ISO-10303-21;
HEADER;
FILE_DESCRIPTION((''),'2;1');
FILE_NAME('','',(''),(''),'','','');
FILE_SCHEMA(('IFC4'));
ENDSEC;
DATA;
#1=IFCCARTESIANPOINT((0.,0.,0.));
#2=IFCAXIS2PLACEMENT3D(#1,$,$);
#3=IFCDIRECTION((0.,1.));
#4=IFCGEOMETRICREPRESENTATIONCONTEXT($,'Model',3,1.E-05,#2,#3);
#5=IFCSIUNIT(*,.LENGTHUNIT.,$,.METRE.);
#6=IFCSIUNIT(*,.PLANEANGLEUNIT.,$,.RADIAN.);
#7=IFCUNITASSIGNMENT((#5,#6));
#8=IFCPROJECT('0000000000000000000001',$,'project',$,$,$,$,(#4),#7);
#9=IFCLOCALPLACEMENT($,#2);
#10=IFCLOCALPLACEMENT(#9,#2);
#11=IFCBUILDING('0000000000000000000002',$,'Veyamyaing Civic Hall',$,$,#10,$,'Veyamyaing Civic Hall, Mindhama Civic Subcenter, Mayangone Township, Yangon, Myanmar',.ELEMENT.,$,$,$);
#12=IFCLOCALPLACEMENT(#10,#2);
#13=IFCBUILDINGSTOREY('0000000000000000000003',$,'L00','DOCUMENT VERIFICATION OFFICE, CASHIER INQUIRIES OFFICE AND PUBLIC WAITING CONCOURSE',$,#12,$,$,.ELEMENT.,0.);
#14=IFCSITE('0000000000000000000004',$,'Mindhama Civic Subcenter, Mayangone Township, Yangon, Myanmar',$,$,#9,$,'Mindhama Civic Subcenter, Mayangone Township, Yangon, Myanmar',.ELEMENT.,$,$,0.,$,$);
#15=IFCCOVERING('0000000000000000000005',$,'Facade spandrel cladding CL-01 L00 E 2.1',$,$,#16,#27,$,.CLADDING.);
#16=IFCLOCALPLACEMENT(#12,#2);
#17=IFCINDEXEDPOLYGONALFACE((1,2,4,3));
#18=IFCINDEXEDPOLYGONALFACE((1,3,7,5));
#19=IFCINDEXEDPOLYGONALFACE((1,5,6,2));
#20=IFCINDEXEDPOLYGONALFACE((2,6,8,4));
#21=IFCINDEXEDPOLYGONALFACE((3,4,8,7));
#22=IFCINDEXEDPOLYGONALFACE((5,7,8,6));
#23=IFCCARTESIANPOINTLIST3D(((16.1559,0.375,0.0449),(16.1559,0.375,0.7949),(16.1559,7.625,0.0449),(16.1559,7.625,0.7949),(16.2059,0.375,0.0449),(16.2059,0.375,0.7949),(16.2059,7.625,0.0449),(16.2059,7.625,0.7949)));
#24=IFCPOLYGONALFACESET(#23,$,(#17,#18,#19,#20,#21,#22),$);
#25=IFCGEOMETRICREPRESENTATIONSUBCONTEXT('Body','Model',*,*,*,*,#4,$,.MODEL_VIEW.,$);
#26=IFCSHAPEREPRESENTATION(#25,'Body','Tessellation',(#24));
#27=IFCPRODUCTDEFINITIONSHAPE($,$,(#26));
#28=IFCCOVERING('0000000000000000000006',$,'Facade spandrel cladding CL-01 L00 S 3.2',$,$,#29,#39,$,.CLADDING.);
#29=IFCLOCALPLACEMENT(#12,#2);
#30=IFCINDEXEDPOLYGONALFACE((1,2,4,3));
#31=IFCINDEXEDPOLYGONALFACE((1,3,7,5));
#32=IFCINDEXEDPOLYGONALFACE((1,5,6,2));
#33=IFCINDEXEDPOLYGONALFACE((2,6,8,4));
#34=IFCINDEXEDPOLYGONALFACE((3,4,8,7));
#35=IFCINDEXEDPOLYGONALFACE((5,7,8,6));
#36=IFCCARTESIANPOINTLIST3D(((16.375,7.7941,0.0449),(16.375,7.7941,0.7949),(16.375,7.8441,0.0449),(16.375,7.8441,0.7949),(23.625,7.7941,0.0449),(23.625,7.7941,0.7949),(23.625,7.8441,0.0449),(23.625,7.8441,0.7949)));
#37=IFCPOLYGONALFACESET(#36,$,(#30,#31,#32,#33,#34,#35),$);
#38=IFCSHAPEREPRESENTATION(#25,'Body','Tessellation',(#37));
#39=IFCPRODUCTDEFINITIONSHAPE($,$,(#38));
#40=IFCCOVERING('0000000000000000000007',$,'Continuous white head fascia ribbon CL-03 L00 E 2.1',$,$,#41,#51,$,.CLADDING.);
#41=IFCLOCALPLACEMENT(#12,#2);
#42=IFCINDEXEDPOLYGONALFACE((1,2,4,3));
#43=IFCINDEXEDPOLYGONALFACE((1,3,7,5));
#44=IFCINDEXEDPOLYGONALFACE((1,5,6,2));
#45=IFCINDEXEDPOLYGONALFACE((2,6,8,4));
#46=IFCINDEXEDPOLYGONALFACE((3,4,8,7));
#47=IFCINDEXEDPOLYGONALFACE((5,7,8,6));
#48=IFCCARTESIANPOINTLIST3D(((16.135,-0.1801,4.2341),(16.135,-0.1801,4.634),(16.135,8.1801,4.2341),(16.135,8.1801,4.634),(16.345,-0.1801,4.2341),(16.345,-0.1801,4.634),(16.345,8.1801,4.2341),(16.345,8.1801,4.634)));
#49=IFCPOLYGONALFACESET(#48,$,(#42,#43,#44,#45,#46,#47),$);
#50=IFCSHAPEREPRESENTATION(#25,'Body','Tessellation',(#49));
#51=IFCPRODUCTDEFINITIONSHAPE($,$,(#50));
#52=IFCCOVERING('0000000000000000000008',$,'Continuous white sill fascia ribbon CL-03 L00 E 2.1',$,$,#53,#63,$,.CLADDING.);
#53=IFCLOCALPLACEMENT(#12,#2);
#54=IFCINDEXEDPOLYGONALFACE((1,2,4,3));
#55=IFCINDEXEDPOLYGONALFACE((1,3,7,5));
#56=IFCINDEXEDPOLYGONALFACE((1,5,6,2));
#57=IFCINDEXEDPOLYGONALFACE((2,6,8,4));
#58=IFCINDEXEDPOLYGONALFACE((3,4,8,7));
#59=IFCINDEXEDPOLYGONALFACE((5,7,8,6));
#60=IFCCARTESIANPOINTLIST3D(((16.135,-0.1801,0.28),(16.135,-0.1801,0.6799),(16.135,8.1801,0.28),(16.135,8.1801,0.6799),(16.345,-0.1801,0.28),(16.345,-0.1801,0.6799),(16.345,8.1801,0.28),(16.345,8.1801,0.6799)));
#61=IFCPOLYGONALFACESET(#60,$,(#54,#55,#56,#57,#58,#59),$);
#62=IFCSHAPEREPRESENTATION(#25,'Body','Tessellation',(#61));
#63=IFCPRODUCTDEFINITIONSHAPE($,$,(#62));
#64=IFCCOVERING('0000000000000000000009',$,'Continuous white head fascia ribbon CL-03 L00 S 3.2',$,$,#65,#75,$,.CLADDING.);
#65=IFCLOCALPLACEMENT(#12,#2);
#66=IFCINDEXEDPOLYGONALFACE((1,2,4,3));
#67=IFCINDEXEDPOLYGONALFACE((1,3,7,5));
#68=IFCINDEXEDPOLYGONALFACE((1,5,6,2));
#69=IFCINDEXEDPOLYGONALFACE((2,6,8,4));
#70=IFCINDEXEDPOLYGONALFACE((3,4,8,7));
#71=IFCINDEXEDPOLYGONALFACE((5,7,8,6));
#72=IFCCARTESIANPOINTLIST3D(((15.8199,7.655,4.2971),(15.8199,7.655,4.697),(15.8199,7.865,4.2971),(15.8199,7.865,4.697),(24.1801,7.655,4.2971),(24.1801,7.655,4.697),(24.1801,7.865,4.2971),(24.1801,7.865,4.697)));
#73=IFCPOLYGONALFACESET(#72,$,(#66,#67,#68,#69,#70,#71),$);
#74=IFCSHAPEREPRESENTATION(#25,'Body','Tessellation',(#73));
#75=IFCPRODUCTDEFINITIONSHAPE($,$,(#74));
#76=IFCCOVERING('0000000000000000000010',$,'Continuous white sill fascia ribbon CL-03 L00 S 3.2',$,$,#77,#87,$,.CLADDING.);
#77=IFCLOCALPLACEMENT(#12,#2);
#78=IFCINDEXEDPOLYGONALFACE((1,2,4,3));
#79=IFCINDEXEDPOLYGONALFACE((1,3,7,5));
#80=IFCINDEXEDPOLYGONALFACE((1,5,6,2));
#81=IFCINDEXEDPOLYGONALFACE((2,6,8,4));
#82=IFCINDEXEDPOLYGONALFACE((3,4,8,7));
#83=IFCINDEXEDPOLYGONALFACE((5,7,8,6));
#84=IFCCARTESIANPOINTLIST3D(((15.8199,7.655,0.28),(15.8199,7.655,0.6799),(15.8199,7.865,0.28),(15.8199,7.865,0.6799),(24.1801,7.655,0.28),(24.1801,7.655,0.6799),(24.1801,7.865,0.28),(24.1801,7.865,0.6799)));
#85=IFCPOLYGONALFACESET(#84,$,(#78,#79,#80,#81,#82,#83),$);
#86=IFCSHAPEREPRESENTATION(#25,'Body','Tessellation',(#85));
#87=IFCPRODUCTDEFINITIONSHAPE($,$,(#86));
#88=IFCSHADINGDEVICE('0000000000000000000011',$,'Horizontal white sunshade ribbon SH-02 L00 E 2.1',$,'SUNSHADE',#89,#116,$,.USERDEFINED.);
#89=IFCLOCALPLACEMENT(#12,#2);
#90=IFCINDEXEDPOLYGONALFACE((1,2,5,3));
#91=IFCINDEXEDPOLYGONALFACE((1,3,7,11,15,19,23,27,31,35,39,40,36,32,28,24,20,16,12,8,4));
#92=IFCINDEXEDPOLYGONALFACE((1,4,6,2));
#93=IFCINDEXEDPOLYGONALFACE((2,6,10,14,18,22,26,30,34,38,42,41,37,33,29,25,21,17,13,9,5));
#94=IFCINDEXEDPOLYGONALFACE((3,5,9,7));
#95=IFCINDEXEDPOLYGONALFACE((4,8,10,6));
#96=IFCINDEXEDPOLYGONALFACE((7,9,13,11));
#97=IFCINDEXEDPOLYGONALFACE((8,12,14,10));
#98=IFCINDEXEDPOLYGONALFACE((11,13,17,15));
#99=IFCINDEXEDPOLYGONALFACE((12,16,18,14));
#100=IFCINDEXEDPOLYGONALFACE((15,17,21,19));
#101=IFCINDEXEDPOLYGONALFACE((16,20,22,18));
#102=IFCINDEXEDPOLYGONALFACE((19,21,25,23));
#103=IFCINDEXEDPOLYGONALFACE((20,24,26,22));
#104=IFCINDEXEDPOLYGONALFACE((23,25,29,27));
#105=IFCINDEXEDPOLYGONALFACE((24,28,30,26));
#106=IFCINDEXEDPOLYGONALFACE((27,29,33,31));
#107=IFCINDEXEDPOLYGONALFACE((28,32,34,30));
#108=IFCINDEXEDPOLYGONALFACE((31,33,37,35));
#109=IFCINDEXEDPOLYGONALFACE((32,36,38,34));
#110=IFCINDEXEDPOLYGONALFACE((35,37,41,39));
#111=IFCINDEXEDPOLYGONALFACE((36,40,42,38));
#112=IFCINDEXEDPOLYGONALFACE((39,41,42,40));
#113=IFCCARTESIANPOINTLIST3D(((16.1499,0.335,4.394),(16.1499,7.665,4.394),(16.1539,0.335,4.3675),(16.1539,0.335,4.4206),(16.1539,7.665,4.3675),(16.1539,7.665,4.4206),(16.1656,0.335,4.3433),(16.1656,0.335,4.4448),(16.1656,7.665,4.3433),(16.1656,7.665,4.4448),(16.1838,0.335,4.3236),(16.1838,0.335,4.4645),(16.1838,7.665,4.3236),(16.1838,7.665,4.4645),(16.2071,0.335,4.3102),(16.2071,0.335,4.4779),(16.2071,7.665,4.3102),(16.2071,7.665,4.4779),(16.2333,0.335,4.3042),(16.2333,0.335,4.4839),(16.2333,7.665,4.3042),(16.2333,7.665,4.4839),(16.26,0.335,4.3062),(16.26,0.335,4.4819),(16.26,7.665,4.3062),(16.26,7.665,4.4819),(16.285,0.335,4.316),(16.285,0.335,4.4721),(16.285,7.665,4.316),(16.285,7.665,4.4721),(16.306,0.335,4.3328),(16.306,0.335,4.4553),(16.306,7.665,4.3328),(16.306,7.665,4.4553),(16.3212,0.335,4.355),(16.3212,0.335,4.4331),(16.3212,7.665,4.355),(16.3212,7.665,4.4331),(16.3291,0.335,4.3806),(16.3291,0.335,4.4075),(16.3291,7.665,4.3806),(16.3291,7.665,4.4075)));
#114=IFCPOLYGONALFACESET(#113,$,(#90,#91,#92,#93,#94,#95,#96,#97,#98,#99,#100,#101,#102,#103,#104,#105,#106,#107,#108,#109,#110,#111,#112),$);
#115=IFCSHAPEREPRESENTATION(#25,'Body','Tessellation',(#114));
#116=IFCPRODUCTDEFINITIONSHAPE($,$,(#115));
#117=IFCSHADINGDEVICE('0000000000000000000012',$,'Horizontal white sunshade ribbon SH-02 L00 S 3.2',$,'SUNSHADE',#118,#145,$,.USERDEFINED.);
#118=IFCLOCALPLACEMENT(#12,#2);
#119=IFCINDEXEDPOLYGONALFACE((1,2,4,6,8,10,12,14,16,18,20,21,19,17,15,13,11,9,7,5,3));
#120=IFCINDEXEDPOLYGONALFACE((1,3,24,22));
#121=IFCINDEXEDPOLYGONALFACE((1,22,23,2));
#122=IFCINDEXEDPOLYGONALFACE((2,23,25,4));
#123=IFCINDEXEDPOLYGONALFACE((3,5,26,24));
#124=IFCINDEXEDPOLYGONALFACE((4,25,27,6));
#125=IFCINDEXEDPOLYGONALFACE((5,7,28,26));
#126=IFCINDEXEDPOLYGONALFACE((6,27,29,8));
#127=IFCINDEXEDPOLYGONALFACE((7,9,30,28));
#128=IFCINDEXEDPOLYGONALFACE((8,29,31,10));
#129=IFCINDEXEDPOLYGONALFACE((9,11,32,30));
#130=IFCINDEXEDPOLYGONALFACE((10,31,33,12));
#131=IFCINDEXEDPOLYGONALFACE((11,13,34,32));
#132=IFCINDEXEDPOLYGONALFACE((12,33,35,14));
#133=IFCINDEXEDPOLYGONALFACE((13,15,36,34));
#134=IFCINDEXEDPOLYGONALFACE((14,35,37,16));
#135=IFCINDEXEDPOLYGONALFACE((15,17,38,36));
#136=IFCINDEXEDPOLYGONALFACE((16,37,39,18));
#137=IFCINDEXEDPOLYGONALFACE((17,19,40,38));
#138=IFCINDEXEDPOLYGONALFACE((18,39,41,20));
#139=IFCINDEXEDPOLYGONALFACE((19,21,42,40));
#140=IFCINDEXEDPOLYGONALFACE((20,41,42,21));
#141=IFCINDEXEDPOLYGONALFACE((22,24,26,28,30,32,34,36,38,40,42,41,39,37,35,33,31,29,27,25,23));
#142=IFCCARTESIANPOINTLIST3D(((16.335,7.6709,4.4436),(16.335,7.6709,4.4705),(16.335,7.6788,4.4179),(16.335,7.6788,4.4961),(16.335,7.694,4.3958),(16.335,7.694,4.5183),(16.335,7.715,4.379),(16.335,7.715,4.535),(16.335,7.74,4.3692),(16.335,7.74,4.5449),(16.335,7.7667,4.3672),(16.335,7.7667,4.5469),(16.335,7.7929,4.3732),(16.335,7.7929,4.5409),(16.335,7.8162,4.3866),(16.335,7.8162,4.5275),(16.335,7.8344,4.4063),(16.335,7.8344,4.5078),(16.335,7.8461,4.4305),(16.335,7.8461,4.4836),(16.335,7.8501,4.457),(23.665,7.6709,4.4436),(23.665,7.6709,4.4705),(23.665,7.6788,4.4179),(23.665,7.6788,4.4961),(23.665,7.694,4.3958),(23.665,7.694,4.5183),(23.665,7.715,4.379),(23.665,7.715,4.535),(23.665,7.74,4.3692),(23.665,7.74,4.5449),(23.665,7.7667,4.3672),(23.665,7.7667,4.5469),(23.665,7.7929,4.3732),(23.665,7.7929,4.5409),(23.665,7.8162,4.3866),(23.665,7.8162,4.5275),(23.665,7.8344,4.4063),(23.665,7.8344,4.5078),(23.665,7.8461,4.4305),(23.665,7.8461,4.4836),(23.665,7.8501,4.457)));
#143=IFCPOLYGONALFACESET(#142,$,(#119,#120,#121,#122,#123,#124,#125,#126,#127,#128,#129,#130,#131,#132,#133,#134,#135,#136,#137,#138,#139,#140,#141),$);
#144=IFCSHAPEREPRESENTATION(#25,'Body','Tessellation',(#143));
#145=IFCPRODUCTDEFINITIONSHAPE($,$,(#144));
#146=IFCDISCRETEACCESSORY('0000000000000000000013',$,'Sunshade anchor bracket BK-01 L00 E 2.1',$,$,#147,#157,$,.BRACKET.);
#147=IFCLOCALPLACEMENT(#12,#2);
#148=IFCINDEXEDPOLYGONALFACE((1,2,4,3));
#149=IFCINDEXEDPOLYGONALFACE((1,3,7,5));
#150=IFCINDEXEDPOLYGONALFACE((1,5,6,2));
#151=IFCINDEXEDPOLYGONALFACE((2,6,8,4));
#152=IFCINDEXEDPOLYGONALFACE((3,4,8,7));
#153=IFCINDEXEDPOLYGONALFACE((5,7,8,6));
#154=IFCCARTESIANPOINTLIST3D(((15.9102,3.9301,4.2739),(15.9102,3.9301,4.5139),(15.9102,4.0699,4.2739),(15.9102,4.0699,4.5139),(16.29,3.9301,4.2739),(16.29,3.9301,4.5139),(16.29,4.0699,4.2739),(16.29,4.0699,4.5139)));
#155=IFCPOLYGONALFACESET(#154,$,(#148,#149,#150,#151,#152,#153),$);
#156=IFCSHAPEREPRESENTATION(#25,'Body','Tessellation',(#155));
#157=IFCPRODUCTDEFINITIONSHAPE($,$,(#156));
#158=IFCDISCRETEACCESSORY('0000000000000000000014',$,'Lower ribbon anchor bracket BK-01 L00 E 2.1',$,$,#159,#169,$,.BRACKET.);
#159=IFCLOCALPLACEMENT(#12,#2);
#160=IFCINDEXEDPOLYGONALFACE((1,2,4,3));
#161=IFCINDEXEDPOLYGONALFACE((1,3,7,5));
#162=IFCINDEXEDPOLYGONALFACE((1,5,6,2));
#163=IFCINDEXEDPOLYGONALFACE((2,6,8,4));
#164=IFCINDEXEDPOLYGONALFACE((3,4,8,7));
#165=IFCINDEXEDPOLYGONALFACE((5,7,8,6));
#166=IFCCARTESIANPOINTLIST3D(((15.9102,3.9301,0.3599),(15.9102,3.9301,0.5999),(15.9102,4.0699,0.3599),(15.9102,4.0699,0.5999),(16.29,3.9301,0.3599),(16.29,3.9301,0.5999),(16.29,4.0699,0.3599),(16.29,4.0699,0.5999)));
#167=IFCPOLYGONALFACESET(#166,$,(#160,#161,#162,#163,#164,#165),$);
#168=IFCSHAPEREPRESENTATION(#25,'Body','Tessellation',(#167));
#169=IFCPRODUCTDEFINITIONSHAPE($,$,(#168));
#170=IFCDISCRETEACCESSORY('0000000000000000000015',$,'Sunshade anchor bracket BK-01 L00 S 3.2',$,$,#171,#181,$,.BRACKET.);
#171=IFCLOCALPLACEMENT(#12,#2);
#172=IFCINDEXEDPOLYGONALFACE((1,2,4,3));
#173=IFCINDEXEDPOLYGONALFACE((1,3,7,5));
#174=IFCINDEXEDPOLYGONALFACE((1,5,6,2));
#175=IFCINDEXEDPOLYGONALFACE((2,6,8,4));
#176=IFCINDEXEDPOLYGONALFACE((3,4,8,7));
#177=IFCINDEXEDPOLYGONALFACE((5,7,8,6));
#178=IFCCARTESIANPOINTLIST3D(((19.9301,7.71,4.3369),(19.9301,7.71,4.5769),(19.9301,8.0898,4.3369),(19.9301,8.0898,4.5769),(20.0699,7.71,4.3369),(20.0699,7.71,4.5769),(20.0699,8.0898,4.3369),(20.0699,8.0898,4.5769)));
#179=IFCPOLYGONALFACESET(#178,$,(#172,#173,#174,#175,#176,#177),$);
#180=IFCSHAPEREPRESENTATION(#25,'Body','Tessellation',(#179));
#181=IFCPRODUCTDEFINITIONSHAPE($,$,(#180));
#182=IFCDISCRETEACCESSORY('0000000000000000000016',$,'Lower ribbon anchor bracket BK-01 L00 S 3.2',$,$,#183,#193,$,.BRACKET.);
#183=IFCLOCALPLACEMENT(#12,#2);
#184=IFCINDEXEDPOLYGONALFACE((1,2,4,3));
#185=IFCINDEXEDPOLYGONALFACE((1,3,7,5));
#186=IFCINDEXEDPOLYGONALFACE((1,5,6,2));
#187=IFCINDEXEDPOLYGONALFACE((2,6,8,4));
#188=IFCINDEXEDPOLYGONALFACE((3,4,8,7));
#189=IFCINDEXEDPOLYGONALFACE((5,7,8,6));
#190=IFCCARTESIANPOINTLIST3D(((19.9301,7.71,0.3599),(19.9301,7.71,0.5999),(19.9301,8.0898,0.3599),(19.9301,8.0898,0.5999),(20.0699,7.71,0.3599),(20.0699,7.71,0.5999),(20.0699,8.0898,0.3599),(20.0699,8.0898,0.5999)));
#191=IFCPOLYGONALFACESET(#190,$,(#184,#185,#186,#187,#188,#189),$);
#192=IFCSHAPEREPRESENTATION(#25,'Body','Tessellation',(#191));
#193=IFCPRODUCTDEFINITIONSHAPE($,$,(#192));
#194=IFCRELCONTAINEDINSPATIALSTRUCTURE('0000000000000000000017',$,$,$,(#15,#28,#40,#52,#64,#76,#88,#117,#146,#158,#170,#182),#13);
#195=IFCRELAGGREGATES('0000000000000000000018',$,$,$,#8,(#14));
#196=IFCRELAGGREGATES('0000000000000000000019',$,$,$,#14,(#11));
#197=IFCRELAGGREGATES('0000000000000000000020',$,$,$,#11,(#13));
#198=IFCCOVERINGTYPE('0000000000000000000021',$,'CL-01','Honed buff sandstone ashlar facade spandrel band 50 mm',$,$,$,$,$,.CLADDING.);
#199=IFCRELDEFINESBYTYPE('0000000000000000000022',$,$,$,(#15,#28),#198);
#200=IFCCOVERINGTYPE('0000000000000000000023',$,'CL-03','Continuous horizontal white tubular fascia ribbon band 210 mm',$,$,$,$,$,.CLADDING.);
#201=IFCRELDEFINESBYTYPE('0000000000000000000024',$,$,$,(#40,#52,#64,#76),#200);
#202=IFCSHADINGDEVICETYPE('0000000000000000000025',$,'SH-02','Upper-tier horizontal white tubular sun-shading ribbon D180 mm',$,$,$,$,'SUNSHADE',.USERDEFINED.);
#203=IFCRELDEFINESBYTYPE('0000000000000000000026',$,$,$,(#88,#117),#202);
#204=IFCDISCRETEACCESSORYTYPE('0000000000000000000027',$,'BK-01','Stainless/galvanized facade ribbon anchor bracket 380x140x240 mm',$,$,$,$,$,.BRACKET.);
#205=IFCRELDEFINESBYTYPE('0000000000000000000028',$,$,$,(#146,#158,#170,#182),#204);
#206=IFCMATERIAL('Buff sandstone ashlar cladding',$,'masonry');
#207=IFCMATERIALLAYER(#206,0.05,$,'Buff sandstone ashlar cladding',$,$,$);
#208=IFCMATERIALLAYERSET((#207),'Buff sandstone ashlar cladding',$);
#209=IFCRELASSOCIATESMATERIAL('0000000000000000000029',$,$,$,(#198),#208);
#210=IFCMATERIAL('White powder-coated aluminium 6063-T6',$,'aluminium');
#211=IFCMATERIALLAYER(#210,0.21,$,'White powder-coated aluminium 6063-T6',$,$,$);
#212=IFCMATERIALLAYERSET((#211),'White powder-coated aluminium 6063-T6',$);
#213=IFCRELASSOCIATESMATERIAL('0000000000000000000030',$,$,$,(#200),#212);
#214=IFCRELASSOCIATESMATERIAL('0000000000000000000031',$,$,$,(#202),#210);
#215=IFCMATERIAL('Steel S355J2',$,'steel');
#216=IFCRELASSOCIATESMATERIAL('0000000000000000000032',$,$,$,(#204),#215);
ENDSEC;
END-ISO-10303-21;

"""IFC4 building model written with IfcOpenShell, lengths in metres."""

from ifc_helpers import new_model, si_unit, direction, frame, origin, origin_2d, place, context, subcontext, project, spatial, rectangle, circle, extrude, material, layer, layer_set, material_profile, profile_set, type_object, element, save


model = new_model("IFC4")

# Units and contexts
model_context = context("Model", 3, precision=1e-05, world=origin(), true_north=direction((0.0, 1.0)))
body_context = subcontext(model_context, "Body", "Model", "MODEL_VIEW")
ifc_project = project(units=[si_unit("LENGTHUNIT", "METRE"), si_unit("PLANEANGLEUNIT", "RADIAN")], contexts=[model_context])

# Site, building, storey
site_placement = place(None, origin())
site = spatial("IfcSite", under=ifc_project, at=site_placement, Name="Mindhama Civic Subcenter, Mayangone Township, Yangon, Myanmar", LongName="Mindhama Civic Subcenter, Mayangone Township, Yangon, Myanmar", CompositionType="ELEMENT", RefElevation=0.0)
building_placement = place(site_placement, origin())
building = spatial("IfcBuilding", under=site, at=building_placement, Name="Veyamyaing Civic Hall", LongName="Veyamyaing Civic Hall, Mindhama Civic Subcenter, Mayangone Township, Yangon, Myanmar", CompositionType="ELEMENT")
storey_placement = place(building_placement, origin())
storey = spatial("IfcBuildingStorey", under=building, at=storey_placement, Name="L00", Description="DOCUMENT VERIFICATION OFFICE, CASHIER INQUIRIES OFFICE AND PUBLIC WAITING CONCOURSE", CompositionType="ELEMENT", Elevation=0.0)

# Coverings
ifc_material_1 = material(Name="Buff sandstone ashlar cladding", Category="masonry")
ifc_layer_1 = layer(ifc_material_1, 0.05, Name="Buff sandstone ashlar cladding")
ifc_layer_set_1 = layer_set([ifc_layer_1], Name="Buff sandstone ashlar cladding")
covering_type_1 = type_object("IfcCoveringType", Name="CL-01", Description="Honed buff sandstone ashlar facade spandrel band 50 mm", PredefinedType="CLADDING", material=ifc_layer_set_1)
for number, where, z_axis, x_axis, name in (
    (1, (16.1809, 4.0, 0.0449), (0.0, 0.0, 1.0), (0.0, 1.0, 0.0), "Facade spandrel cladding CL-01 L00 E 2.1"),
    (2, (20.0, 7.8191, 0.0449), (0.0, 0.0, 1.0), (1.0, 0.0, 0.0), "Facade spandrel cladding CL-01 L00 S 3.2"),
):
    element("IfcCovering", number, at=place(storey_placement, frame(where, z_axis=z_axis, x_axis=x_axis)), inside=storey, type_object=covering_type_1, Name=name, PredefinedType="CLADDING", context=body_context, shape_type="SweptSolid", body=[
        extrude(rectangle(XDim=7.25, YDim=0.05, at=origin_2d()), origin(), (0.0, 0.0, 1.0), 0.75),
    ])
ifc_material_2 = material(Name="White powder-coated aluminium 6063-T6", Category="aluminium")
ifc_layer_2 = layer(ifc_material_2, 0.21, Name="White powder-coated aluminium 6063-T6")
ifc_layer_set_2 = layer_set([ifc_layer_2], Name="White powder-coated aluminium 6063-T6")
covering_type_2 = type_object("IfcCoveringType", Name="CL-03", Description="Continuous horizontal white tubular fascia ribbon band 210 mm", PredefinedType="CLADDING", material=ifc_layer_set_2)
for number, where, z_axis, x_axis, name in (
    (3, (16.24, 4.0, 4.2341), (0.0, 0.0, 1.0), (0.0, 1.0, 0.0), "Continuous white head fascia ribbon CL-03 L00 E 2.1"),
    (4, (16.24, 4.0, 0.28), (0.0, 0.0, 1.0), (0.0, 1.0, 0.0), "Continuous white sill fascia ribbon CL-03 L00 E 2.1"),
    (5, (20.0, 7.76, 4.2971), (0.0, 0.0, 1.0), (1.0, 0.0, 0.0), "Continuous white head fascia ribbon CL-03 L00 S 3.2"),
    (6, (20.0, 7.76, 0.28), (0.0, 0.0, 1.0), (1.0, 0.0, 0.0), "Continuous white sill fascia ribbon CL-03 L00 S 3.2"),
):
    element("IfcCovering", number, at=place(storey_placement, frame(where, z_axis=z_axis, x_axis=x_axis)), inside=storey, type_object=covering_type_2, Name=name, PredefinedType="CLADDING", context=body_context, shape_type="SweptSolid", body=[
        extrude(rectangle(XDim=8.3601, YDim=0.21, at=origin_2d()), origin(), (0.0, 0.0, 1.0), 0.3999),
    ])

# Shading devices
ifc_material_profile_1 = material_profile(ifc_material_2, circle(Radius=0.0901, at=origin_2d()), Name="SHADE-TUBE-180")
ifc_profile_set_1 = profile_set([ifc_material_profile_1], Name="White powder-coated aluminium 6063-T6")
shading_device_type = type_object("IfcShadingDeviceType", Name="SH-02", Description="Upper-tier horizontal white tubular sun-shading ribbon D180 mm", ElementType="SUNSHADE", PredefinedType="USERDEFINED", material=ifc_profile_set_1)
for number, where, z_axis, x_axis, name in (
    (7, (16.24, 0.335, 4.394), (0.0, 1.0, 0.0), (-1.0, 0.0, 0.0), "Horizontal white sunshade ribbon SH-02 L00 E 2.1"),
    (8, (16.335, 7.76, 4.457), (1.0, 0.0, 0.0), (0.0, 1.0, 0.0), "Horizontal white sunshade ribbon SH-02 L00 S 3.2"),
):
    element("IfcShadingDevice", number, at=place(storey_placement, frame(where, z_axis=z_axis, x_axis=x_axis)), inside=storey, type_object=shading_device_type, Name=name, ObjectType="SUNSHADE", PredefinedType="USERDEFINED", context=body_context, shape_type="SweptSolid", body=[
        extrude(circle(Radius=0.0901, at=origin_2d()), origin(), (0.0, 0.0, 1.0), 7.3301),
    ])

# Discrete accessories
ifc_material_3 = material(Name="Steel S355J2", Category="steel")
discrete_accessory_type = type_object("IfcDiscreteAccessoryType", Name="BK-01", Description="Stainless/galvanized facade ribbon anchor bracket 380x140x240 mm", PredefinedType="BRACKET", material=ifc_material_3)
for number, where, z_axis, x_axis, name in (
    (9, (16.1001, 4.0, 4.2739), (0.0, 0.0, 1.0), (1.0, 0.0, 0.0), "Sunshade anchor bracket BK-01 L00 E 2.1"),
    (10, (16.1001, 4.0, 0.3599), (0.0, 0.0, 1.0), (1.0, 0.0, 0.0), "Lower ribbon anchor bracket BK-01 L00 E 2.1"),
    (11, (20.0, 7.8999, 4.3369), (0.0, 0.0, 1.0), (0.0, -1.0, 0.0), "Sunshade anchor bracket BK-01 L00 S 3.2"),
    (12, (20.0, 7.8999, 0.3599), (0.0, 0.0, 1.0), (0.0, -1.0, 0.0), "Lower ribbon anchor bracket BK-01 L00 S 3.2"),
):
    element("IfcDiscreteAccessory", number, at=place(storey_placement, frame(where, z_axis=z_axis, x_axis=x_axis)), inside=storey, type_object=discrete_accessory_type, Name=name, PredefinedType="BRACKET", context=body_context, shape_type="SweptSolid", body=[
        extrude(rectangle(XDim=0.3799, YDim=0.1399, at=origin_2d()), origin(), (0.0, 0.0, 1.0), 0.24),
    ])

save(model, "model.ifc")
